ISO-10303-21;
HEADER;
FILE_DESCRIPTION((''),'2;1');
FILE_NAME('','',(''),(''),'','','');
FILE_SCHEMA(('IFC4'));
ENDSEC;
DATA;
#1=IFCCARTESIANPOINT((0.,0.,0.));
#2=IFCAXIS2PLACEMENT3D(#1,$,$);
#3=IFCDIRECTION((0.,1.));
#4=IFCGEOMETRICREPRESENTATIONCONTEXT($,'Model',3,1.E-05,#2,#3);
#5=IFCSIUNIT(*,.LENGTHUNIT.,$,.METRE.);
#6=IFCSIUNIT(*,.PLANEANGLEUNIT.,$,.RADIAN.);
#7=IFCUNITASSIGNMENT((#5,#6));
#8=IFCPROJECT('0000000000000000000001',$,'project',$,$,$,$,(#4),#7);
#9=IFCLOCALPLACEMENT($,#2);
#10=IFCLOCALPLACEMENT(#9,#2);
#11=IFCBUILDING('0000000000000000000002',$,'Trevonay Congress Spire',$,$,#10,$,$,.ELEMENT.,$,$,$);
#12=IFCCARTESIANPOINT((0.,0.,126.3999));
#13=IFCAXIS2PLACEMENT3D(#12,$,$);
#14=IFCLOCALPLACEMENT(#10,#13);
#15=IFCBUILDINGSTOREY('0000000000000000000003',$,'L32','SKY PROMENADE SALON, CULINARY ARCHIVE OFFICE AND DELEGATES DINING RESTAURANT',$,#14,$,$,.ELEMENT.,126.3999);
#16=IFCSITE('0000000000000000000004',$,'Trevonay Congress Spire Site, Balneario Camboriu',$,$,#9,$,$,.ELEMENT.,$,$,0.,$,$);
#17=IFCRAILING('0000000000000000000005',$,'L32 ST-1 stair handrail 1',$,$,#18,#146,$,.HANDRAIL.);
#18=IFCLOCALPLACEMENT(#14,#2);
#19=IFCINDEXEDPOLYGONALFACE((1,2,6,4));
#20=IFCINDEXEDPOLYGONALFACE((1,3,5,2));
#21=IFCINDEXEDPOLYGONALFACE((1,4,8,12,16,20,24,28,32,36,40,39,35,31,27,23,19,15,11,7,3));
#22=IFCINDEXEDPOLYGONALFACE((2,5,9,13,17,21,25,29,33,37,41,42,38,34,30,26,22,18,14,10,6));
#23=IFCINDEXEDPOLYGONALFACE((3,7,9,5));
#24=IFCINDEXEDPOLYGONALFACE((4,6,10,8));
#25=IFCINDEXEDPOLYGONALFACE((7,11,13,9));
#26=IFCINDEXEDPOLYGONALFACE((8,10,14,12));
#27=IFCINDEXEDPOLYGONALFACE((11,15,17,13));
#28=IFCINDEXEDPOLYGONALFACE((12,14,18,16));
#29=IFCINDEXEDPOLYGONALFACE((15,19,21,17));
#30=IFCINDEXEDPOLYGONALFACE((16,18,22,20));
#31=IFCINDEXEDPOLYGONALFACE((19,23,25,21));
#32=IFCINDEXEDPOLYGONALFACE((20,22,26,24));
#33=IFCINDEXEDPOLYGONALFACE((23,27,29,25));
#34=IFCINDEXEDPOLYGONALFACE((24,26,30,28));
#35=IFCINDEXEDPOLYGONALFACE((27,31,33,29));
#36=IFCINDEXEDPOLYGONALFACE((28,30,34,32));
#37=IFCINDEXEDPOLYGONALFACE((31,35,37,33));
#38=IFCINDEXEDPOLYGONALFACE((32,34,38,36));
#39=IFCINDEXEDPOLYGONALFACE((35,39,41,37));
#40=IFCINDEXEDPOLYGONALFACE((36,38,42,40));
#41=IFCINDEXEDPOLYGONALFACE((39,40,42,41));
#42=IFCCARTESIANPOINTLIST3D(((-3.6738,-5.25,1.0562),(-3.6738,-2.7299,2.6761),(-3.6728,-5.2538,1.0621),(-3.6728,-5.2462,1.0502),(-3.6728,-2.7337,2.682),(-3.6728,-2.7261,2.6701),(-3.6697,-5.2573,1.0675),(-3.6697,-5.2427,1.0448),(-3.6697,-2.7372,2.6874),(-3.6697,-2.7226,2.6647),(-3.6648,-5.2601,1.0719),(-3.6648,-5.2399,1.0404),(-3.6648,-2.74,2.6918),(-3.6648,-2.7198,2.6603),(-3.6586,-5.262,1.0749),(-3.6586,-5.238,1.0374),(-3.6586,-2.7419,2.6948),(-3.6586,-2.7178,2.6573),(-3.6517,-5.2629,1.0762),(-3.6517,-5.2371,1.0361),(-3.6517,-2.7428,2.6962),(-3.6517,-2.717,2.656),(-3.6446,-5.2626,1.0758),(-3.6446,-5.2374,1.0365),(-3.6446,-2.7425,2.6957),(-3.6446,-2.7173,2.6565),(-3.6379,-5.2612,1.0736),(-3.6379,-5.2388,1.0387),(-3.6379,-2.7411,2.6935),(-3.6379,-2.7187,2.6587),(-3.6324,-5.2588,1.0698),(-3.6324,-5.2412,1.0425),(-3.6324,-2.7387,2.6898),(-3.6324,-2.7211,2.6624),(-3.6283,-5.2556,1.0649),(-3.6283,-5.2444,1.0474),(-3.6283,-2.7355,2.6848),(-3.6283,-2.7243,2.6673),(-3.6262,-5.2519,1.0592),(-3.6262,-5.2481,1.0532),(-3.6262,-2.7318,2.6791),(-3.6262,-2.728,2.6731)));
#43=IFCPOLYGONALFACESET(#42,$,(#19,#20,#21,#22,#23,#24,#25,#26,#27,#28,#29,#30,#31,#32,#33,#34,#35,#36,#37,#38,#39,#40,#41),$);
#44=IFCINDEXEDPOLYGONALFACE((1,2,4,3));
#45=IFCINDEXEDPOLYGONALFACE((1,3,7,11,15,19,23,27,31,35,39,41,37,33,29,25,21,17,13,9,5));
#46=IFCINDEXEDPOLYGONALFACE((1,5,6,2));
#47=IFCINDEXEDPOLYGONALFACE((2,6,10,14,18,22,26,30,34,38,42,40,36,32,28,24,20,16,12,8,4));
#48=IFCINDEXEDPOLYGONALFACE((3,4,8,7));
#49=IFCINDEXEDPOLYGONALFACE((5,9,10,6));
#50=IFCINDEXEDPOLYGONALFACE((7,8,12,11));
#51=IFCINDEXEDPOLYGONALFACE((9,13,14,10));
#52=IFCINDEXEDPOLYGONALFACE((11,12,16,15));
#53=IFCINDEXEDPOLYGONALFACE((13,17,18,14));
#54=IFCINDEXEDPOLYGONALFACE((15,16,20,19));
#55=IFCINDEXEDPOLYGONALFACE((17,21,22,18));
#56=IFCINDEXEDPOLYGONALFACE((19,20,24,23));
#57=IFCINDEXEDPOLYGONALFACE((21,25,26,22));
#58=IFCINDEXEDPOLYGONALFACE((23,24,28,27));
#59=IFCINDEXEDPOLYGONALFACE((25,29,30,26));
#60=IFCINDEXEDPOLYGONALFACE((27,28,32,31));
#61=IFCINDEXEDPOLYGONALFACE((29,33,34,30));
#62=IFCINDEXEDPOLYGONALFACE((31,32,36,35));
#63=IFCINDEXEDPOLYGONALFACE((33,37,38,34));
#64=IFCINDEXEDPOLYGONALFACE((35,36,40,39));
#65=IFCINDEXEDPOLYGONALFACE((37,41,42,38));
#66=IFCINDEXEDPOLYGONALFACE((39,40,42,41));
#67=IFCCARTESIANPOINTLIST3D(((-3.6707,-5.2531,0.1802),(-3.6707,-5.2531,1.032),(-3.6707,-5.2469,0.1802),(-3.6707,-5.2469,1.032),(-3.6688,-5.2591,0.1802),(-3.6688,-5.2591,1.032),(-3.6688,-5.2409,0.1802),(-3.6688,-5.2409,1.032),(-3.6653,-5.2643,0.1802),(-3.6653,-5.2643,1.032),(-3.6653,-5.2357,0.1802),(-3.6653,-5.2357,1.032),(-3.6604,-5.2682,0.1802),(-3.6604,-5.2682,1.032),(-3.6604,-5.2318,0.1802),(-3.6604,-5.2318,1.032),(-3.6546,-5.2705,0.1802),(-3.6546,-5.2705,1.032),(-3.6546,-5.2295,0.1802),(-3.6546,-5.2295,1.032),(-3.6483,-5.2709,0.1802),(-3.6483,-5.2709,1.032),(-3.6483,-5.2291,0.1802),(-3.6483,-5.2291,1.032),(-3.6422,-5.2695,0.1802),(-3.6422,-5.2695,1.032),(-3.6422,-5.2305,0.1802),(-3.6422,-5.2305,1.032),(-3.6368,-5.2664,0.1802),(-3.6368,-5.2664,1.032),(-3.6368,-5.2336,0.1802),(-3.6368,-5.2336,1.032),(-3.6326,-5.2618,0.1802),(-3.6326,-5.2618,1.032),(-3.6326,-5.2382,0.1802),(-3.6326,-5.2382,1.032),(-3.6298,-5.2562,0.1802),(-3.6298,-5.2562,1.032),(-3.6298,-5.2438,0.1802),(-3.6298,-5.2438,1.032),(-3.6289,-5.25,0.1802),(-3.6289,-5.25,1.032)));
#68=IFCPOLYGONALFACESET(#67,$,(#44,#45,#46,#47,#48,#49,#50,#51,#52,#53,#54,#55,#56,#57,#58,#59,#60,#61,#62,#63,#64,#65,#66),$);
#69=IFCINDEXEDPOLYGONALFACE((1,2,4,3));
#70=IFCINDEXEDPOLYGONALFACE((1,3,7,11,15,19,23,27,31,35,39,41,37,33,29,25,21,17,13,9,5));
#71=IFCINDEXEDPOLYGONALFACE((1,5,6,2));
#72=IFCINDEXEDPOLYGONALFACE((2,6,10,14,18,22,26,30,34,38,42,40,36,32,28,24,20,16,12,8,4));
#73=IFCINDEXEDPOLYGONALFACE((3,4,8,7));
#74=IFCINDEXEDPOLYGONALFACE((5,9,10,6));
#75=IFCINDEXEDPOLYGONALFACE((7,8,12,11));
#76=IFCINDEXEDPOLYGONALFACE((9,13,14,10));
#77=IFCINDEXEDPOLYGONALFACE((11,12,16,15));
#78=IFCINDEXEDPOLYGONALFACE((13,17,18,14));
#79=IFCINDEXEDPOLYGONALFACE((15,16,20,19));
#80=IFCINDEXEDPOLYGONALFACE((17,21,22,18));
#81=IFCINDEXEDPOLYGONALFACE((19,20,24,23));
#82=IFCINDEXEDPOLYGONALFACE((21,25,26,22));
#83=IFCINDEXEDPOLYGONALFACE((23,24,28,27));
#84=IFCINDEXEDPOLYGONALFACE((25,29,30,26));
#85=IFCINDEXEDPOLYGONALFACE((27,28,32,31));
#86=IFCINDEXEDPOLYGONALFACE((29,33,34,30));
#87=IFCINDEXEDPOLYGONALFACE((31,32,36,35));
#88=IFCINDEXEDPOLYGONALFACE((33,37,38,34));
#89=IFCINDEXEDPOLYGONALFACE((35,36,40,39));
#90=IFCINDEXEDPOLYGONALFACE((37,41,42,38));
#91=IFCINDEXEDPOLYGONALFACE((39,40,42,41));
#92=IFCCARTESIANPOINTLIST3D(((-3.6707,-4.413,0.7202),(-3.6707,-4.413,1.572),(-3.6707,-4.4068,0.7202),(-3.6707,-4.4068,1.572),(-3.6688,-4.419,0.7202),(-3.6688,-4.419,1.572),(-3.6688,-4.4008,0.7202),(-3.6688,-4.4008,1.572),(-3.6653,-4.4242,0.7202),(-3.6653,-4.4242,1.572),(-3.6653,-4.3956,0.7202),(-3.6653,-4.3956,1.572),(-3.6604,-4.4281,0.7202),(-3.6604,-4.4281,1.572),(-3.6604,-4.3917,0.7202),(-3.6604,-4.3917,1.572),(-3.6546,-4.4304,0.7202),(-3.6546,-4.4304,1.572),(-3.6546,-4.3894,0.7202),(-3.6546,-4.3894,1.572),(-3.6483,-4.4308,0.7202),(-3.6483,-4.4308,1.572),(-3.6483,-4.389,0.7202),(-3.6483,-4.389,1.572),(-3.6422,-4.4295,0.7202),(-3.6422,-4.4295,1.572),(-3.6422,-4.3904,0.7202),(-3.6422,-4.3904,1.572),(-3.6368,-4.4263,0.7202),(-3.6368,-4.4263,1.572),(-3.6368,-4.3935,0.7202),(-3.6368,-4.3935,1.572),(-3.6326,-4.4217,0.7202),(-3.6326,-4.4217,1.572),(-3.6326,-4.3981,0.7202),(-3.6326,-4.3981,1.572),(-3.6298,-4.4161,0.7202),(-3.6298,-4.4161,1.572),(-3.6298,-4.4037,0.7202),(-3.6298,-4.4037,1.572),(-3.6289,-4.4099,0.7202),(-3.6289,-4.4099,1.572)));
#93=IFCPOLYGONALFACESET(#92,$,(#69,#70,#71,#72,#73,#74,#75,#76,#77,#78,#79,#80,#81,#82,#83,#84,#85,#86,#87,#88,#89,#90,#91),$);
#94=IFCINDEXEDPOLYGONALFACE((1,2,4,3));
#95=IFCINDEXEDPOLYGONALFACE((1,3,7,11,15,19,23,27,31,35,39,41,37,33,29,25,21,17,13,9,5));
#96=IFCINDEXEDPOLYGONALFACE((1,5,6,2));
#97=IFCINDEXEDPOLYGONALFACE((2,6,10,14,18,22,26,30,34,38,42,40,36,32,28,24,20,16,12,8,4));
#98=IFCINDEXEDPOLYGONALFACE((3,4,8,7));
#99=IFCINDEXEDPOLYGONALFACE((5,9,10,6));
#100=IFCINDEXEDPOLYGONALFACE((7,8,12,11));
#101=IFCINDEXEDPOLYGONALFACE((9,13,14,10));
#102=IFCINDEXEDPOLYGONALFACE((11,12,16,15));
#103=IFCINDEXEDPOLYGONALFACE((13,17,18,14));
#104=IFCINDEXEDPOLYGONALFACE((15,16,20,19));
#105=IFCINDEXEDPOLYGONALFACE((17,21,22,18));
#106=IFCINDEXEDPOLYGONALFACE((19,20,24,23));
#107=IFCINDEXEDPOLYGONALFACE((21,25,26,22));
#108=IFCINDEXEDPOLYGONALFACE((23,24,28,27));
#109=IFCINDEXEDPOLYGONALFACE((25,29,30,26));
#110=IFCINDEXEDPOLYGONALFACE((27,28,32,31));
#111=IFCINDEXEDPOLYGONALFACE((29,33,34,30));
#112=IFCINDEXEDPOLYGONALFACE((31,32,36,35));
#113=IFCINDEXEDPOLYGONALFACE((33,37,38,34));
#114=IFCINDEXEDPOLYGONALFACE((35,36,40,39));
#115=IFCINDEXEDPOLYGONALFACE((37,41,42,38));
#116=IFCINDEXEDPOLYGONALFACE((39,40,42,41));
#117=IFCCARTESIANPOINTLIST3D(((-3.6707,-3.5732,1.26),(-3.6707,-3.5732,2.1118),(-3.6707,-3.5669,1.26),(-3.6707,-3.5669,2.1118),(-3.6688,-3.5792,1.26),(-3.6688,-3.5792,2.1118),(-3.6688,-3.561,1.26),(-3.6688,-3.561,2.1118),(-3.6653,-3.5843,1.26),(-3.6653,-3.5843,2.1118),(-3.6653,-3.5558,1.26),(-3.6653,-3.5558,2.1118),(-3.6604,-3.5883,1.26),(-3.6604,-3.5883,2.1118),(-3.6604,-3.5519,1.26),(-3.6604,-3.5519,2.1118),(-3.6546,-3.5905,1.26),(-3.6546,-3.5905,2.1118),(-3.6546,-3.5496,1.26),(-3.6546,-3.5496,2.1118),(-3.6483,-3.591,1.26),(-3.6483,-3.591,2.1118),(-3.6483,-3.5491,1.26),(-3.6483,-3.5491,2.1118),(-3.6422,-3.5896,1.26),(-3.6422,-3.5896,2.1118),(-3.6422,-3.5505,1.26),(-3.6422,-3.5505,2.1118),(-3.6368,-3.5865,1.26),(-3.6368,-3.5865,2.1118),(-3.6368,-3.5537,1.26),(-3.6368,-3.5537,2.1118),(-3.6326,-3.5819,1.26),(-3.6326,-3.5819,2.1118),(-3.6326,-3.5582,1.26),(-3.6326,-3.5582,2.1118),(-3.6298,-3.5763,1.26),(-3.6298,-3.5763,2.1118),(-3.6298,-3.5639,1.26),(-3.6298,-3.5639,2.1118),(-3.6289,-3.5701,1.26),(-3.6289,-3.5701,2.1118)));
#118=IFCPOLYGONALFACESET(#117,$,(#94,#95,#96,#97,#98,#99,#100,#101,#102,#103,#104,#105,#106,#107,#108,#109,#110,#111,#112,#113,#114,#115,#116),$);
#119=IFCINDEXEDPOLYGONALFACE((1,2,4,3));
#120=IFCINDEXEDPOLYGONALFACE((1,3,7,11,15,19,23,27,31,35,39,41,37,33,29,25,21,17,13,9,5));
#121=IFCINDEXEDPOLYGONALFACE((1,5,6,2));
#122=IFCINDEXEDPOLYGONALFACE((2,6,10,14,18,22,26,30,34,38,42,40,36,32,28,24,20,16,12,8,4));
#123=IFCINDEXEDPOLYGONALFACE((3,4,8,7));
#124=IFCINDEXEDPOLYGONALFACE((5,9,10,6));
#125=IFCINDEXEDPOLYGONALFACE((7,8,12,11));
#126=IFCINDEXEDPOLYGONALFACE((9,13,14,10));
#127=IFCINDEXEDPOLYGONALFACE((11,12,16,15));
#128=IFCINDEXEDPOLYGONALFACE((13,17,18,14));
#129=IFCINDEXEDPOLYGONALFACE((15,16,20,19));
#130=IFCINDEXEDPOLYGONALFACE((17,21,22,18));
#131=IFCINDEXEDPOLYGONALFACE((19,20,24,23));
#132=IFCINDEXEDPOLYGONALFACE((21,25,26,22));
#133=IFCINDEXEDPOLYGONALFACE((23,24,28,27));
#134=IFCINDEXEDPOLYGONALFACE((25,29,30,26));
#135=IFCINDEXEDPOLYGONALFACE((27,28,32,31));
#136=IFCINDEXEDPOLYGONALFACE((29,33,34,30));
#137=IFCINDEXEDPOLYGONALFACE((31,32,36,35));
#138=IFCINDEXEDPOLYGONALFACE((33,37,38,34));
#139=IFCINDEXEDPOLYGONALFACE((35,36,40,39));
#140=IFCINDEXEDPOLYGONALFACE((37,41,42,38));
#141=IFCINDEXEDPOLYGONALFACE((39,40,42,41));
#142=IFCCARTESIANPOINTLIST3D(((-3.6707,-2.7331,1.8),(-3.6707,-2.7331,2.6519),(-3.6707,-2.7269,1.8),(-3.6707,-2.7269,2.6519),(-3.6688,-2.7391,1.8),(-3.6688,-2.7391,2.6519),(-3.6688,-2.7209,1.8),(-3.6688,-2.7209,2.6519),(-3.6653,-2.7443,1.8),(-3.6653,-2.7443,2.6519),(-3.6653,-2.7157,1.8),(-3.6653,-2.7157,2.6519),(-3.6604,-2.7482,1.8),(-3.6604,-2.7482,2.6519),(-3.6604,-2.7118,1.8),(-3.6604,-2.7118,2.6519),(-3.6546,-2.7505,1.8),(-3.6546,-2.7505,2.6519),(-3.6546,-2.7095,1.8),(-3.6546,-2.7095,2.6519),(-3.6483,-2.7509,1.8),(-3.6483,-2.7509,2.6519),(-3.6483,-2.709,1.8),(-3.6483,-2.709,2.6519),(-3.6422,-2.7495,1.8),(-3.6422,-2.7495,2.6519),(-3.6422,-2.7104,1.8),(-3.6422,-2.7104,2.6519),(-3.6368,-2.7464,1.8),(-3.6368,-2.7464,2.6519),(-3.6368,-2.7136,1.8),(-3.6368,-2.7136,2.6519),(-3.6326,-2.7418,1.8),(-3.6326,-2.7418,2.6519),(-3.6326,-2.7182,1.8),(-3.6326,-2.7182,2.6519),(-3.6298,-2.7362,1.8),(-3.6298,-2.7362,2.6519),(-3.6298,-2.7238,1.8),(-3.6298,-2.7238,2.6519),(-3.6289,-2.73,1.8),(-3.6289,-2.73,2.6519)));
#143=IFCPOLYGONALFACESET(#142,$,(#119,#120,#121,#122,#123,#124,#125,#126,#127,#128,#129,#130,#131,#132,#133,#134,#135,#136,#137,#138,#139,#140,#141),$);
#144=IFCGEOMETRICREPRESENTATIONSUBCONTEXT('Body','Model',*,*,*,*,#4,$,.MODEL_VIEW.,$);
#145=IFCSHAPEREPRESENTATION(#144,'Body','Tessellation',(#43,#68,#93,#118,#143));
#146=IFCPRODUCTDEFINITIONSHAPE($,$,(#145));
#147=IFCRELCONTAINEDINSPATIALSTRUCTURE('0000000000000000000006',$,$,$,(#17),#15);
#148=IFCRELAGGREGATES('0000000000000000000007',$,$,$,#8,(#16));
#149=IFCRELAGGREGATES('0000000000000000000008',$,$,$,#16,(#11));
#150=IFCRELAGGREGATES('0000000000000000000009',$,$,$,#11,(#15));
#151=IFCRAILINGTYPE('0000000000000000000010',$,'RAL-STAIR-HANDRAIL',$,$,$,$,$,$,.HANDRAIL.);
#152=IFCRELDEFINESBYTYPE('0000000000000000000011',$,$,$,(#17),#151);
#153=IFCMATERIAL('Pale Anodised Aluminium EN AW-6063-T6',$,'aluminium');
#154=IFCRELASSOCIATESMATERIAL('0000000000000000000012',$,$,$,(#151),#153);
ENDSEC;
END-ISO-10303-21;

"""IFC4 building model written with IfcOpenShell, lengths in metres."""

from ifc_helpers import new_model, si_unit, direction, frame, origin, origin_2d, place, context, subcontext, project, spatial, circle, extrude, material, type_object, element, save


model = new_model("IFC4")

# Units and contexts
model_context = context("Model", 3, precision=1e-05, world=origin(), true_north=direction((0.0, 1.0)))
body_context = subcontext(model_context, "Body", "Model", "MODEL_VIEW")
ifc_project = project(units=[si_unit("LENGTHUNIT", "METRE"), si_unit("PLANEANGLEUNIT", "RADIAN")], contexts=[model_context])

# Site, building, storey
site_placement = place(None, origin())
site = spatial("IfcSite", under=ifc_project, at=site_placement, Name="Trevonay Congress Spire Site, Balneario Camboriu", CompositionType="ELEMENT", RefElevation=0.0)
building_placement = place(site_placement, origin())
building = spatial("IfcBuilding", under=site, at=building_placement, Name="Trevonay Congress Spire", CompositionType="ELEMENT")
storey_placement = place(building_placement, frame((0.0, 0.0, 126.3999)))
storey = spatial("IfcBuildingStorey", under=building, at=storey_placement, Name="L32", Description="SKY PROMENADE SALON, CULINARY ARCHIVE OFFICE AND DELEGATES DINING RESTAURANT", CompositionType="ELEMENT", Elevation=126.3999)

# Shared definitions
ifc_material_1 = material(Name="Pale Anodised Aluminium EN AW-6063-T6", Category="aluminium")

# Railing
railing_type_1 = type_object("IfcRailingType", Name="RAL-STAIR-HANDRAIL", PredefinedType="HANDRAIL", material=ifc_material_1)
railing_1_placement = place(storey_placement, frame((-3.6499, -5.25, 0.1802)))
element("IfcRailing", 1, at=railing_1_placement, inside=storey, type_object=railing_type_1, Name="L32 ST-1 stair handrail 1", PredefinedType="HANDRAIL", context=body_context, shape_type="SweptSolid", body=[
    extrude(circle(Radius=0.0239, at=origin_2d()), frame((0.0, 0.0, 0.876), z_axis=(0.0, 0.8412, 0.540725), x_axis=(-1.0, 0.0, 0.0)), (0.0, 0.0, 1.0), 2.9958),
    extrude(circle(Radius=0.021, at=origin_2d()), origin(), (0.0, 0.0, 1.0), 0.8518),
    extrude(circle(Radius=0.021, at=origin_2d()), frame((0.0, 0.8401, 0.54)), (0.0, 0.0, 1.0), 0.8518),
    extrude(circle(Radius=0.021, at=origin_2d()), frame((0.0, 1.6799, 1.0798)), (0.0, 0.0, 1.0), 0.8518),
    extrude(circle(Radius=0.021, at=origin_2d()), frame((0.0, 2.52, 1.6199)), (0.0, 0.0, 1.0), 0.8518),
])

save(model, "model.ifc")
